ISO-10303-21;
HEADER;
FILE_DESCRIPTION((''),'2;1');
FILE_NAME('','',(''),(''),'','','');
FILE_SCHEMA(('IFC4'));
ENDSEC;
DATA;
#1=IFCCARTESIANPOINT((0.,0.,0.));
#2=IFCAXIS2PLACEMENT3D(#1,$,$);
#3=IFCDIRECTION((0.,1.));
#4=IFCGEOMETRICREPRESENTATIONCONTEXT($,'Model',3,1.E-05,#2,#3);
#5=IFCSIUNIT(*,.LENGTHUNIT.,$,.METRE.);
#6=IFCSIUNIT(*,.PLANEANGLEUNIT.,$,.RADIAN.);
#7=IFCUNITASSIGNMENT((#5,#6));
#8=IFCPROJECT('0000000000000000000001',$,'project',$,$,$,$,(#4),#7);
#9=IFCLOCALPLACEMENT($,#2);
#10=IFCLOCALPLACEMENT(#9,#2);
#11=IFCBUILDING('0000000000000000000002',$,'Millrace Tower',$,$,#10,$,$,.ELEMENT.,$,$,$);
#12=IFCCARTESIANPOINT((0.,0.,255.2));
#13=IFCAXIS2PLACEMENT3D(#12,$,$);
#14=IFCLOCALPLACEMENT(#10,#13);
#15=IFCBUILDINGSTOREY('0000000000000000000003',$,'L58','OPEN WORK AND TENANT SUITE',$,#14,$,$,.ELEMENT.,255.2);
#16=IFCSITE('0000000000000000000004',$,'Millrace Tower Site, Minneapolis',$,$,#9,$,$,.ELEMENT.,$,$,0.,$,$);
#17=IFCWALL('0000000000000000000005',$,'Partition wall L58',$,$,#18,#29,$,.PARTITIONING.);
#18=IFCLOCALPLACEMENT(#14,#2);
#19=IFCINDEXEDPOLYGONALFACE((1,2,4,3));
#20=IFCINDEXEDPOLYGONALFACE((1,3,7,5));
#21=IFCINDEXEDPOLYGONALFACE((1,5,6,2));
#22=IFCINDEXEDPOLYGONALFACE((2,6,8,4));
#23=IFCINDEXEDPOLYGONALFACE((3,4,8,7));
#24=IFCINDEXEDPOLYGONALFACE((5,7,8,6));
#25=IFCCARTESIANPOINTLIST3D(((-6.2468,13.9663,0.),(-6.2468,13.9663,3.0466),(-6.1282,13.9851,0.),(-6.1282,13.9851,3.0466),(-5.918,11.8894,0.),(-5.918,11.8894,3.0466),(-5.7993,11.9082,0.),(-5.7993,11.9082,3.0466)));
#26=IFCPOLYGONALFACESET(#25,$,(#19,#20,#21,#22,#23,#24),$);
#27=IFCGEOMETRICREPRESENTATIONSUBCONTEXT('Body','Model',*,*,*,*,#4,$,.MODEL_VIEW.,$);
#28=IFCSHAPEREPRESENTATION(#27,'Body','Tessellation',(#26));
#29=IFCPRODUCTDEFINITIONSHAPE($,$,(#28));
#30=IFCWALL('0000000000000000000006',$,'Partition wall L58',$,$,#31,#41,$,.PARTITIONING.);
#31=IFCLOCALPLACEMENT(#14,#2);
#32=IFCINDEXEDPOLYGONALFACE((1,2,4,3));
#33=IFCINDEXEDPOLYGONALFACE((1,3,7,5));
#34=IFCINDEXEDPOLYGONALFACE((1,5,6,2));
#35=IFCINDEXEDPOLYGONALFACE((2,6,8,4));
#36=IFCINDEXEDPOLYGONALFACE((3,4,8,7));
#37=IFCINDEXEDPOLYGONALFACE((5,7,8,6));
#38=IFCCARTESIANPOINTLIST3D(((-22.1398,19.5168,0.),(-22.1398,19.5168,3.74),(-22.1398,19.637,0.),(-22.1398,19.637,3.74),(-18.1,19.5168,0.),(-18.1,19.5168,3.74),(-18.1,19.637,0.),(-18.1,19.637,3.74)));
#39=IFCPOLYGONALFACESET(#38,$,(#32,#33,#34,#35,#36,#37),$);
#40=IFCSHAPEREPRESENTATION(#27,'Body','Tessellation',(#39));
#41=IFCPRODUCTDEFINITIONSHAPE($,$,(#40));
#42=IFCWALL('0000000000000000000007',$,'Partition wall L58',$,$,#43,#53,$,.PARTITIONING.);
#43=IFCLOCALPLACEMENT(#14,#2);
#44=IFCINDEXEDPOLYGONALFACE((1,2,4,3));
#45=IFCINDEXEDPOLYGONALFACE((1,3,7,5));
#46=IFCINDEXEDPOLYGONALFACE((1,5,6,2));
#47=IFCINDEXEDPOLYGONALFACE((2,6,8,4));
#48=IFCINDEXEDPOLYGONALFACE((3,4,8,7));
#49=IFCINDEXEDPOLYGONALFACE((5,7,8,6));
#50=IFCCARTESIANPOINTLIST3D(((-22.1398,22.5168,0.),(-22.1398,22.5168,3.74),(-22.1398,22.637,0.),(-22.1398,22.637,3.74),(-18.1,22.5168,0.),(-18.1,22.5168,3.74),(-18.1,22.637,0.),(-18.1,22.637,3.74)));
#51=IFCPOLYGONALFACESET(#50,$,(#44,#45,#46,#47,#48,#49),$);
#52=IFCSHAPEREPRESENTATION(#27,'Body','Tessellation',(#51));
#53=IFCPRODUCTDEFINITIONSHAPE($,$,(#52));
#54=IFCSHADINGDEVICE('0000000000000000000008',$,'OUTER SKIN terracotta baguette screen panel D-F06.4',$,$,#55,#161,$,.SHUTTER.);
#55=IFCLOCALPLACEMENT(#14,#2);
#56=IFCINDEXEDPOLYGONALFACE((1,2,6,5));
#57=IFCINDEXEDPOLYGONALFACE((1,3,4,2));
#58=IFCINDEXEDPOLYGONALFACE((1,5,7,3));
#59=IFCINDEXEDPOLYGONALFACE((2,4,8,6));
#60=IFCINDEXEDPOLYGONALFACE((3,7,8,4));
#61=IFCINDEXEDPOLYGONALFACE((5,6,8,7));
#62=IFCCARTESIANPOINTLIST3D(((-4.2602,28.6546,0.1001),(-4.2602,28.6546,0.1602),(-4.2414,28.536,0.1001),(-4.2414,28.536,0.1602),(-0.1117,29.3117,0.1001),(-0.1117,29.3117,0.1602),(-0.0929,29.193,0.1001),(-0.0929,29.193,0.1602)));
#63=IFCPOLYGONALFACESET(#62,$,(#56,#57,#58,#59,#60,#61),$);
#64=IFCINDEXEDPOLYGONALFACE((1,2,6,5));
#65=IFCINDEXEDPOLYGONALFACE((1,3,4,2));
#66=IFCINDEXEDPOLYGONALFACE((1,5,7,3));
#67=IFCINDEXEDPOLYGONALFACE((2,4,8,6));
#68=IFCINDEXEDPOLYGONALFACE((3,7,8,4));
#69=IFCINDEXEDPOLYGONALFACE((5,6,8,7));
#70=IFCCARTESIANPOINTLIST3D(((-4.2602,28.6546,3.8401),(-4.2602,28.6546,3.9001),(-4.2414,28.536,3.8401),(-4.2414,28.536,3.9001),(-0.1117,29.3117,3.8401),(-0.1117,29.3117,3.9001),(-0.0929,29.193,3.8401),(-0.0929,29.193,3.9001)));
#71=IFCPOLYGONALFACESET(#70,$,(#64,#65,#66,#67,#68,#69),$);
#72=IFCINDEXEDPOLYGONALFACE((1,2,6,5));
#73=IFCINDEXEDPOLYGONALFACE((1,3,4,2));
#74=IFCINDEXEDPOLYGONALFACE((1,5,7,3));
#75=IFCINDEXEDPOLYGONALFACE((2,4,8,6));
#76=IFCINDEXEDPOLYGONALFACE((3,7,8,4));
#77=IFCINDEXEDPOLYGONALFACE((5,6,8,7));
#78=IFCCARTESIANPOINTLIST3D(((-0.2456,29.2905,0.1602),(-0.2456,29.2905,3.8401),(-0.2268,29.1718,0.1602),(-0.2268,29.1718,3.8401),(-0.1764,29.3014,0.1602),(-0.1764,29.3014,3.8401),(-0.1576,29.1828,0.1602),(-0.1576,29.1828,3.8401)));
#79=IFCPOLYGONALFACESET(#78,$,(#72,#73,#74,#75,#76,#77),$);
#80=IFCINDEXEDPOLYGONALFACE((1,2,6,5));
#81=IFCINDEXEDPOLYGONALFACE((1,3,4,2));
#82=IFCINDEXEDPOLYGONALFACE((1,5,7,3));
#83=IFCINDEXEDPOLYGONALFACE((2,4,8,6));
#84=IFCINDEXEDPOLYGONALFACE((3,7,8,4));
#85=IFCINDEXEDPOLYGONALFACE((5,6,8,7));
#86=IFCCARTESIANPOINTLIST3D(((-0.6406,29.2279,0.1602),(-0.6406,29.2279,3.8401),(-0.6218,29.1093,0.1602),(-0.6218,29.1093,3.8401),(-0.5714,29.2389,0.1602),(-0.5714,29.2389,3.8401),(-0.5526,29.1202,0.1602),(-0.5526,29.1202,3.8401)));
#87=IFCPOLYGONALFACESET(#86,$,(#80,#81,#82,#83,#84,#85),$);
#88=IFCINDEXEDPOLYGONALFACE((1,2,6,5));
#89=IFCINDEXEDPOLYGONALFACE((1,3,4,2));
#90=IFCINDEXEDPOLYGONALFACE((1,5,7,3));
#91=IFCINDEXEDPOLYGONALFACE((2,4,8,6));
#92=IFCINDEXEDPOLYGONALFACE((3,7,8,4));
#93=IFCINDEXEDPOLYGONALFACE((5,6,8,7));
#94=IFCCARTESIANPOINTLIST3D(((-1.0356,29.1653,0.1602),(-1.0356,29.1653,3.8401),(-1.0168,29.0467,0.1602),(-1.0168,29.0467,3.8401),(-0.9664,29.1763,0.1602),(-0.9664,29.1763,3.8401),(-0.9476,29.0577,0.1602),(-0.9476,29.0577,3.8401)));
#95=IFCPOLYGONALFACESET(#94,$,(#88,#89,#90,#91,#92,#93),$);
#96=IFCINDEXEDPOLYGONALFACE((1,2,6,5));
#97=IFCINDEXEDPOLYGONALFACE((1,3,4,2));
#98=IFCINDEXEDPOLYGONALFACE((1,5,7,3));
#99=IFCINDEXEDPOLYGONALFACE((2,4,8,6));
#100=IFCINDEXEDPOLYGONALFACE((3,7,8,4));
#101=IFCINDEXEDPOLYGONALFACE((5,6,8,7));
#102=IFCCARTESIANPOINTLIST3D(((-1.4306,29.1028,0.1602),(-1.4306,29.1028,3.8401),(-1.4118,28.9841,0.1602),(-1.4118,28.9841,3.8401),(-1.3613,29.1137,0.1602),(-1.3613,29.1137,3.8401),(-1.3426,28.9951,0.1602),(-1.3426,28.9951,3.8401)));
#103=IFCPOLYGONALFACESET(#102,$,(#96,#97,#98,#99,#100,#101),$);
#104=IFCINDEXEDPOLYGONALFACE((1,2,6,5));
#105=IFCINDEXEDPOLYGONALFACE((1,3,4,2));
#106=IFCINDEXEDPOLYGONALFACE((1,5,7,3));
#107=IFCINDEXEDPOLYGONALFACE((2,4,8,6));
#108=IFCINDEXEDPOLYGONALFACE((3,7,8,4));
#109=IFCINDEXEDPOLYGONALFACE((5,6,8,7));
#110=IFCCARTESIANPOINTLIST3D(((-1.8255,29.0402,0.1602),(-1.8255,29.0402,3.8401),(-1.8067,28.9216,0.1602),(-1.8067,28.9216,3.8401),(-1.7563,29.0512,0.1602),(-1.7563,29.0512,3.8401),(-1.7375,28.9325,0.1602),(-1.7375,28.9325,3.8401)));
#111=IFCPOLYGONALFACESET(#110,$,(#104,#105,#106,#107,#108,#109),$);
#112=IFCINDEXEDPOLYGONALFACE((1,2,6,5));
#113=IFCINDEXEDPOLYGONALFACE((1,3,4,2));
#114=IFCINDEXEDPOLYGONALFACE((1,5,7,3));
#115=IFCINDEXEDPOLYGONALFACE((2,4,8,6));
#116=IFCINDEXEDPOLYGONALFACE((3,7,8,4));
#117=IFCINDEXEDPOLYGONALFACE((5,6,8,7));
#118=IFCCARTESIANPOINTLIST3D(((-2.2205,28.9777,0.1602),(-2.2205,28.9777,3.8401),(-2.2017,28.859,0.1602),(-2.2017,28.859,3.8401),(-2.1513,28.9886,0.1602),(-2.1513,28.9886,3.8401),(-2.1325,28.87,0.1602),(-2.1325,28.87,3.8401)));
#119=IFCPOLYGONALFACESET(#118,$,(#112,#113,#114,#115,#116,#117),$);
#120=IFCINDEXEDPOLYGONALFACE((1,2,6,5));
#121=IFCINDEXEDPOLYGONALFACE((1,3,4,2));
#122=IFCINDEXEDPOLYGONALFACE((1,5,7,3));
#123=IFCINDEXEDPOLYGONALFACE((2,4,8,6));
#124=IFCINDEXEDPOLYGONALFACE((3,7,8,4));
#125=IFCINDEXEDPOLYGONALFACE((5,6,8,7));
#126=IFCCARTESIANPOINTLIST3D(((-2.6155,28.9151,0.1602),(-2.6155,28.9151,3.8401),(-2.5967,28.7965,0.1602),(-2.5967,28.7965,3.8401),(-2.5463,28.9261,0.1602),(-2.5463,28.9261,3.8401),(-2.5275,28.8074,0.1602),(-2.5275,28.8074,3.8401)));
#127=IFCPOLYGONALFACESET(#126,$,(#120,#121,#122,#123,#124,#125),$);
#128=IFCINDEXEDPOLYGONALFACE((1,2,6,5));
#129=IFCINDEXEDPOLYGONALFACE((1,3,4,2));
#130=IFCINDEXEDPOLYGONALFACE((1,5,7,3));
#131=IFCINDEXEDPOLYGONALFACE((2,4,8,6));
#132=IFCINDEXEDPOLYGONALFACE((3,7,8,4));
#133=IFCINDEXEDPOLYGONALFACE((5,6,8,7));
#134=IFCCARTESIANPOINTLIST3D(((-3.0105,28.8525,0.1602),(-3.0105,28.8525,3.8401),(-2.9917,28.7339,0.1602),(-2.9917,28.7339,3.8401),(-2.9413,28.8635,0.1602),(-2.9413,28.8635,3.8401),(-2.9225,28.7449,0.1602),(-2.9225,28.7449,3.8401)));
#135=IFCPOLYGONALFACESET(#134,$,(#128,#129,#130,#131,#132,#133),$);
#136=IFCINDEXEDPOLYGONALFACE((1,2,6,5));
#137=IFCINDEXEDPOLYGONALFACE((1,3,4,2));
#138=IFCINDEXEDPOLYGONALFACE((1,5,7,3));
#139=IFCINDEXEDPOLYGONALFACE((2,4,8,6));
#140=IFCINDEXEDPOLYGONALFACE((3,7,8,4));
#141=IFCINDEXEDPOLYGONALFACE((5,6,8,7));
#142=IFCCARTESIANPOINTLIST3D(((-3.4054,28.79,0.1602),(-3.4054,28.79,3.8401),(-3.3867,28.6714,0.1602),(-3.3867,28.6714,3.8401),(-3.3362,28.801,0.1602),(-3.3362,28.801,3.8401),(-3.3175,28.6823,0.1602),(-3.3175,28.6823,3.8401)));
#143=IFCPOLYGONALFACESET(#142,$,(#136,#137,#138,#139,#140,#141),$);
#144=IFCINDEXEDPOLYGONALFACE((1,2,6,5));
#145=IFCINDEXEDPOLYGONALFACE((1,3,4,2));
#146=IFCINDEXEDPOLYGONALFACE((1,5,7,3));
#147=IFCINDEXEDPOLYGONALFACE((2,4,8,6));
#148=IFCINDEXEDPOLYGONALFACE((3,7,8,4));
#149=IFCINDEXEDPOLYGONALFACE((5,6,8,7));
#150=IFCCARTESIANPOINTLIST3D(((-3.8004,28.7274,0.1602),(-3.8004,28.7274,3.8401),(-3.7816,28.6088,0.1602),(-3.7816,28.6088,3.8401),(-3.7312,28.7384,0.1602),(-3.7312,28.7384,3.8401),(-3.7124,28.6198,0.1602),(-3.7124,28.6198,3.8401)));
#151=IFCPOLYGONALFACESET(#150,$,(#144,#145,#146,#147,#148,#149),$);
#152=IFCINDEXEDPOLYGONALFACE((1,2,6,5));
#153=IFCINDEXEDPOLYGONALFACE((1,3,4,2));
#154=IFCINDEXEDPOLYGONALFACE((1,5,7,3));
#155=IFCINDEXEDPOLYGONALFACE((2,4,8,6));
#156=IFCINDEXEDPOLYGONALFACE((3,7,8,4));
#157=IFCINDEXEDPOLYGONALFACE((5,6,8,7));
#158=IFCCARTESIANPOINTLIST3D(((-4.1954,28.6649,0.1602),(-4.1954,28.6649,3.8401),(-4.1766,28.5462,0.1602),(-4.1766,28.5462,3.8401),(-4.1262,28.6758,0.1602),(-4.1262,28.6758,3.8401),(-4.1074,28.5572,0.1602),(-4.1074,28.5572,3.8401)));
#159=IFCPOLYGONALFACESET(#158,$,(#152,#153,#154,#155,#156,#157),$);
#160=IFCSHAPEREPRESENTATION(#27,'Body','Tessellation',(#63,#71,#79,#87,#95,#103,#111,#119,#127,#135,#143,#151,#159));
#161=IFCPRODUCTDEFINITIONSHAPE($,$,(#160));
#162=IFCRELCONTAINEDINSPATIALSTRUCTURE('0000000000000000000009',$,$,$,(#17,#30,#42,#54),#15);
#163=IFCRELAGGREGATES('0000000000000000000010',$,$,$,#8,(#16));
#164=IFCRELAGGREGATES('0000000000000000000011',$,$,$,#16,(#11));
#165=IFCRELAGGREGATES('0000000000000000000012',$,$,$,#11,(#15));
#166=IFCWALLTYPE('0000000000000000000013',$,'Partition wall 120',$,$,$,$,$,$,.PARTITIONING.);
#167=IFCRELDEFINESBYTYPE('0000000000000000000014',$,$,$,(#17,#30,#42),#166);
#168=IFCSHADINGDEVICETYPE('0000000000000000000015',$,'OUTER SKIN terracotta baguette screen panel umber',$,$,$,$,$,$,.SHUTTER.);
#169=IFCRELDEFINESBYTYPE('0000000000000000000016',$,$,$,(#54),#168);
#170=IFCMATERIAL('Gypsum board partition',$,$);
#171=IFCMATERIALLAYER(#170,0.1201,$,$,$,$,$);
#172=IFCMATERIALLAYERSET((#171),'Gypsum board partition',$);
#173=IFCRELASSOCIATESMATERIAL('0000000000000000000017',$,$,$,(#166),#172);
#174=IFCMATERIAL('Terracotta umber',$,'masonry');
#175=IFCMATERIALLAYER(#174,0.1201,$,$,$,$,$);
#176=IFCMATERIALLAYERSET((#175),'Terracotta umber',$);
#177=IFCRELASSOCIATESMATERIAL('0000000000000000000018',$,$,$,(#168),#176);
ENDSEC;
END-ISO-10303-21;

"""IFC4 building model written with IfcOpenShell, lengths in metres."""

from ifc_helpers import new_model, entity, si_unit, direction, frame, frame_2d, origin, origin_2d, place, context, subcontext, project, spatial, rectangle, extrude, source, transform, mapped, material, layer, layer_set, type_object, element, save


model = new_model("IFC4")

# Units and contexts
model_context = context("Model", 3, precision=1e-05, world=origin(), true_north=direction((0.0, 1.0)))
body_context = subcontext(model_context, "Body", "Model", "MODEL_VIEW")
ifc_project = project(units=[si_unit("LENGTHUNIT", "METRE"), si_unit("PLANEANGLEUNIT", "RADIAN")], contexts=[model_context])

# Site, building, storey
site_placement = place(None, origin())
site = spatial("IfcSite", under=ifc_project, at=site_placement, Name="Millrace Tower Site, Minneapolis", CompositionType="ELEMENT", RefElevation=0.0)
building_placement = place(site_placement, origin())
building = spatial("IfcBuilding", under=site, at=building_placement, Name="Millrace Tower", CompositionType="ELEMENT")
storey_placement = place(building_placement, frame((0.0, 0.0, 255.2)))
storey = spatial("IfcBuildingStorey", under=building, at=storey_placement, Name="L58", Description="OPEN WORK AND TENANT SUITE", CompositionType="ELEMENT", Elevation=255.2)

# Walls
ifc_material_1 = material(Name="Gypsum board partition")
ifc_layer_1 = layer(ifc_material_1, 0.1201)
ifc_layer_set_1 = layer_set([ifc_layer_1], Name="Gypsum board partition")
wall_type_1 = type_object("IfcWallType", Name="Partition wall 120", PredefinedType="PARTITIONING", material=ifc_layer_set_1)
wall_1_placement = place(storey_placement, frame((-6.1875, 13.9756, 0.0), z_axis=(0.0, 0.0, 1.0), x_axis=(0.156392, -0.987695, 0.0)))
element("IfcWall", 1, at=wall_1_placement, inside=storey, type_object=wall_type_1, Name="Partition wall L58", PredefinedType="PARTITIONING", context=body_context, shape_type="SweptSolid", body=[
    extrude(rectangle(XDim=2.1028, YDim=0.1201, at=frame_2d((1.0513, 0.0))), origin(), (0.0, 0.0, 1.0), 3.0466),
])
for number, where, z_axis, x_axis, name in (
    (2, (-22.1399, 19.5769, 0.0), (0.0, 0.0, 1.0), (1.0, 0.0, 0.0), "Partition wall L58"),
    (3, (-22.1399, 22.5769, 0.0), (0.0, 0.0, 1.0), (1.0, 0.0, 0.0), "Partition wall L58"),
):
    element("IfcWall", number, at=place(storey_placement, frame(where, z_axis=z_axis, x_axis=x_axis)), inside=storey, type_object=wall_type_1, Name=name, PredefinedType="PARTITIONING", context=body_context, shape_type="SweptSolid", body=[
        extrude(rectangle(XDim=4.0398, YDim=0.1201, at=frame_2d((2.02, 0.0))), origin(), (0.0, 0.0, 1.0), 3.74),
    ])

# Shading device
ifc_material_2 = material(Name="Terracotta umber", Category="masonry")
ifc_layer_2 = layer(ifc_material_2, 0.1201)
ifc_layer_set_2 = layer_set([ifc_layer_2], Name="Terracotta umber")
shading_device_type = type_object("IfcShadingDeviceType", Name="OUTER SKIN terracotta baguette screen panel umber", PredefinedType="SHUTTER", material=ifc_layer_set_2)
cartesian_point = entity("IfcCartesianPoint", [-2.1001, 0.0601])
shared_polyline = entity("IfcPolyline", [cartesian_point, entity("IfcCartesianPoint", [2.1001, 0.0601]), entity("IfcCartesianPoint", [2.1001, -0.0601]), entity("IfcCartesianPoint", [-2.1001, -0.0601]), cartesian_point])
shared_shape = source(origin(), body_context, "Body", "SweptSolid", [
    entity("IfcExtrudedAreaSolid", entity("IfcArbitraryClosedProfileDef", "AREA", None, shared_polyline), entity("IfcAxis2Placement3D", entity("IfcCartesianPoint", [0.0, 0.0, 0.0])), entity("IfcDirection", [0.0, 0.0, 1.0]), 0.0601),
    entity("IfcExtrudedAreaSolid", entity("IfcArbitraryClosedProfileDef", "AREA", None, shared_polyline), entity("IfcAxis2Placement3D", entity("IfcCartesianPoint", [0.0, 0.0, 3.74])), entity("IfcDirection", [0.0, 0.0, 1.0]), 0.0601),
    extrude(rectangle(XDim=0.0701, YDim=0.1201, at=frame_2d((-1.9995, 0.0))), frame((0.0, 0.0, 0.0601)), (0.0, 0.0, 1.0), 3.6799),
    extrude(rectangle(XDim=0.0701, YDim=0.1201, at=frame_2d((-1.5996, 0.0))), frame((0.0, 0.0, 0.0601)), (0.0, 0.0, 1.0), 3.6799),
    extrude(rectangle(XDim=0.0701, YDim=0.1201, at=frame_2d((-1.1997, 0.0))), frame((0.0, 0.0, 0.0601)), (0.0, 0.0, 1.0), 3.6799),
    extrude(rectangle(XDim=0.0701, YDim=0.1201, at=frame_2d((-0.7998, 0.0))), frame((0.0, 0.0, 0.0601)), (0.0, 0.0, 1.0), 3.6799),
    extrude(rectangle(XDim=0.0701, YDim=0.1201, at=frame_2d((-0.3999, 0.0))), frame((0.0, 0.0, 0.0601)), (0.0, 0.0, 1.0), 3.6799),
    extrude(rectangle(XDim=0.0701, YDim=0.1201, at=origin_2d()), frame((0.0, 0.0, 0.0601)), (0.0, 0.0, 1.0), 3.6799),
    extrude(rectangle(XDim=0.0701, YDim=0.1201, at=frame_2d((0.3999, 0.0))), frame((0.0, 0.0, 0.0601)), (0.0, 0.0, 1.0), 3.6799),
    extrude(rectangle(XDim=0.0701, YDim=0.1201, at=frame_2d((0.7998, 0.0))), frame((0.0, 0.0, 0.0601)), (0.0, 0.0, 1.0), 3.6799),
    extrude(rectangle(XDim=0.0701, YDim=0.1201, at=frame_2d((1.1997, 0.0))), frame((0.0, 0.0, 0.0601)), (0.0, 0.0, 1.0), 3.6799),
    extrude(rectangle(XDim=0.0701, YDim=0.1201, at=frame_2d((1.5996, 0.0))), frame((0.0, 0.0, 0.0601)), (0.0, 0.0, 1.0), 3.6799),
    extrude(rectangle(XDim=0.0701, YDim=0.1201, at=frame_2d((1.9995, 0.0))), frame((0.0, 0.0, 0.0601)), (0.0, 0.0, 1.0), 3.6799),
])
for number, where, z_axis, x_axis, name in (
    (4, (-2.1765, 28.9238, 0.1001), (0.0, 0.0, 1.0), (-0.987688, -0.156434, 0.0), "OUTER SKIN terracotta baguette screen panel D-F06.4"),
):
    element("IfcShadingDevice", number, at=place(storey_placement, frame(where, z_axis=z_axis, x_axis=x_axis)), inside=storey, type_object=shading_device_type, Name=name, PredefinedType="SHUTTER", context=body_context, shape_type="MappedRepresentation", body=[
        mapped(shared_shape, transform((0.0, 0.0, 0.0), scale=1.0)),
    ])

save(model, "model.ifc")
